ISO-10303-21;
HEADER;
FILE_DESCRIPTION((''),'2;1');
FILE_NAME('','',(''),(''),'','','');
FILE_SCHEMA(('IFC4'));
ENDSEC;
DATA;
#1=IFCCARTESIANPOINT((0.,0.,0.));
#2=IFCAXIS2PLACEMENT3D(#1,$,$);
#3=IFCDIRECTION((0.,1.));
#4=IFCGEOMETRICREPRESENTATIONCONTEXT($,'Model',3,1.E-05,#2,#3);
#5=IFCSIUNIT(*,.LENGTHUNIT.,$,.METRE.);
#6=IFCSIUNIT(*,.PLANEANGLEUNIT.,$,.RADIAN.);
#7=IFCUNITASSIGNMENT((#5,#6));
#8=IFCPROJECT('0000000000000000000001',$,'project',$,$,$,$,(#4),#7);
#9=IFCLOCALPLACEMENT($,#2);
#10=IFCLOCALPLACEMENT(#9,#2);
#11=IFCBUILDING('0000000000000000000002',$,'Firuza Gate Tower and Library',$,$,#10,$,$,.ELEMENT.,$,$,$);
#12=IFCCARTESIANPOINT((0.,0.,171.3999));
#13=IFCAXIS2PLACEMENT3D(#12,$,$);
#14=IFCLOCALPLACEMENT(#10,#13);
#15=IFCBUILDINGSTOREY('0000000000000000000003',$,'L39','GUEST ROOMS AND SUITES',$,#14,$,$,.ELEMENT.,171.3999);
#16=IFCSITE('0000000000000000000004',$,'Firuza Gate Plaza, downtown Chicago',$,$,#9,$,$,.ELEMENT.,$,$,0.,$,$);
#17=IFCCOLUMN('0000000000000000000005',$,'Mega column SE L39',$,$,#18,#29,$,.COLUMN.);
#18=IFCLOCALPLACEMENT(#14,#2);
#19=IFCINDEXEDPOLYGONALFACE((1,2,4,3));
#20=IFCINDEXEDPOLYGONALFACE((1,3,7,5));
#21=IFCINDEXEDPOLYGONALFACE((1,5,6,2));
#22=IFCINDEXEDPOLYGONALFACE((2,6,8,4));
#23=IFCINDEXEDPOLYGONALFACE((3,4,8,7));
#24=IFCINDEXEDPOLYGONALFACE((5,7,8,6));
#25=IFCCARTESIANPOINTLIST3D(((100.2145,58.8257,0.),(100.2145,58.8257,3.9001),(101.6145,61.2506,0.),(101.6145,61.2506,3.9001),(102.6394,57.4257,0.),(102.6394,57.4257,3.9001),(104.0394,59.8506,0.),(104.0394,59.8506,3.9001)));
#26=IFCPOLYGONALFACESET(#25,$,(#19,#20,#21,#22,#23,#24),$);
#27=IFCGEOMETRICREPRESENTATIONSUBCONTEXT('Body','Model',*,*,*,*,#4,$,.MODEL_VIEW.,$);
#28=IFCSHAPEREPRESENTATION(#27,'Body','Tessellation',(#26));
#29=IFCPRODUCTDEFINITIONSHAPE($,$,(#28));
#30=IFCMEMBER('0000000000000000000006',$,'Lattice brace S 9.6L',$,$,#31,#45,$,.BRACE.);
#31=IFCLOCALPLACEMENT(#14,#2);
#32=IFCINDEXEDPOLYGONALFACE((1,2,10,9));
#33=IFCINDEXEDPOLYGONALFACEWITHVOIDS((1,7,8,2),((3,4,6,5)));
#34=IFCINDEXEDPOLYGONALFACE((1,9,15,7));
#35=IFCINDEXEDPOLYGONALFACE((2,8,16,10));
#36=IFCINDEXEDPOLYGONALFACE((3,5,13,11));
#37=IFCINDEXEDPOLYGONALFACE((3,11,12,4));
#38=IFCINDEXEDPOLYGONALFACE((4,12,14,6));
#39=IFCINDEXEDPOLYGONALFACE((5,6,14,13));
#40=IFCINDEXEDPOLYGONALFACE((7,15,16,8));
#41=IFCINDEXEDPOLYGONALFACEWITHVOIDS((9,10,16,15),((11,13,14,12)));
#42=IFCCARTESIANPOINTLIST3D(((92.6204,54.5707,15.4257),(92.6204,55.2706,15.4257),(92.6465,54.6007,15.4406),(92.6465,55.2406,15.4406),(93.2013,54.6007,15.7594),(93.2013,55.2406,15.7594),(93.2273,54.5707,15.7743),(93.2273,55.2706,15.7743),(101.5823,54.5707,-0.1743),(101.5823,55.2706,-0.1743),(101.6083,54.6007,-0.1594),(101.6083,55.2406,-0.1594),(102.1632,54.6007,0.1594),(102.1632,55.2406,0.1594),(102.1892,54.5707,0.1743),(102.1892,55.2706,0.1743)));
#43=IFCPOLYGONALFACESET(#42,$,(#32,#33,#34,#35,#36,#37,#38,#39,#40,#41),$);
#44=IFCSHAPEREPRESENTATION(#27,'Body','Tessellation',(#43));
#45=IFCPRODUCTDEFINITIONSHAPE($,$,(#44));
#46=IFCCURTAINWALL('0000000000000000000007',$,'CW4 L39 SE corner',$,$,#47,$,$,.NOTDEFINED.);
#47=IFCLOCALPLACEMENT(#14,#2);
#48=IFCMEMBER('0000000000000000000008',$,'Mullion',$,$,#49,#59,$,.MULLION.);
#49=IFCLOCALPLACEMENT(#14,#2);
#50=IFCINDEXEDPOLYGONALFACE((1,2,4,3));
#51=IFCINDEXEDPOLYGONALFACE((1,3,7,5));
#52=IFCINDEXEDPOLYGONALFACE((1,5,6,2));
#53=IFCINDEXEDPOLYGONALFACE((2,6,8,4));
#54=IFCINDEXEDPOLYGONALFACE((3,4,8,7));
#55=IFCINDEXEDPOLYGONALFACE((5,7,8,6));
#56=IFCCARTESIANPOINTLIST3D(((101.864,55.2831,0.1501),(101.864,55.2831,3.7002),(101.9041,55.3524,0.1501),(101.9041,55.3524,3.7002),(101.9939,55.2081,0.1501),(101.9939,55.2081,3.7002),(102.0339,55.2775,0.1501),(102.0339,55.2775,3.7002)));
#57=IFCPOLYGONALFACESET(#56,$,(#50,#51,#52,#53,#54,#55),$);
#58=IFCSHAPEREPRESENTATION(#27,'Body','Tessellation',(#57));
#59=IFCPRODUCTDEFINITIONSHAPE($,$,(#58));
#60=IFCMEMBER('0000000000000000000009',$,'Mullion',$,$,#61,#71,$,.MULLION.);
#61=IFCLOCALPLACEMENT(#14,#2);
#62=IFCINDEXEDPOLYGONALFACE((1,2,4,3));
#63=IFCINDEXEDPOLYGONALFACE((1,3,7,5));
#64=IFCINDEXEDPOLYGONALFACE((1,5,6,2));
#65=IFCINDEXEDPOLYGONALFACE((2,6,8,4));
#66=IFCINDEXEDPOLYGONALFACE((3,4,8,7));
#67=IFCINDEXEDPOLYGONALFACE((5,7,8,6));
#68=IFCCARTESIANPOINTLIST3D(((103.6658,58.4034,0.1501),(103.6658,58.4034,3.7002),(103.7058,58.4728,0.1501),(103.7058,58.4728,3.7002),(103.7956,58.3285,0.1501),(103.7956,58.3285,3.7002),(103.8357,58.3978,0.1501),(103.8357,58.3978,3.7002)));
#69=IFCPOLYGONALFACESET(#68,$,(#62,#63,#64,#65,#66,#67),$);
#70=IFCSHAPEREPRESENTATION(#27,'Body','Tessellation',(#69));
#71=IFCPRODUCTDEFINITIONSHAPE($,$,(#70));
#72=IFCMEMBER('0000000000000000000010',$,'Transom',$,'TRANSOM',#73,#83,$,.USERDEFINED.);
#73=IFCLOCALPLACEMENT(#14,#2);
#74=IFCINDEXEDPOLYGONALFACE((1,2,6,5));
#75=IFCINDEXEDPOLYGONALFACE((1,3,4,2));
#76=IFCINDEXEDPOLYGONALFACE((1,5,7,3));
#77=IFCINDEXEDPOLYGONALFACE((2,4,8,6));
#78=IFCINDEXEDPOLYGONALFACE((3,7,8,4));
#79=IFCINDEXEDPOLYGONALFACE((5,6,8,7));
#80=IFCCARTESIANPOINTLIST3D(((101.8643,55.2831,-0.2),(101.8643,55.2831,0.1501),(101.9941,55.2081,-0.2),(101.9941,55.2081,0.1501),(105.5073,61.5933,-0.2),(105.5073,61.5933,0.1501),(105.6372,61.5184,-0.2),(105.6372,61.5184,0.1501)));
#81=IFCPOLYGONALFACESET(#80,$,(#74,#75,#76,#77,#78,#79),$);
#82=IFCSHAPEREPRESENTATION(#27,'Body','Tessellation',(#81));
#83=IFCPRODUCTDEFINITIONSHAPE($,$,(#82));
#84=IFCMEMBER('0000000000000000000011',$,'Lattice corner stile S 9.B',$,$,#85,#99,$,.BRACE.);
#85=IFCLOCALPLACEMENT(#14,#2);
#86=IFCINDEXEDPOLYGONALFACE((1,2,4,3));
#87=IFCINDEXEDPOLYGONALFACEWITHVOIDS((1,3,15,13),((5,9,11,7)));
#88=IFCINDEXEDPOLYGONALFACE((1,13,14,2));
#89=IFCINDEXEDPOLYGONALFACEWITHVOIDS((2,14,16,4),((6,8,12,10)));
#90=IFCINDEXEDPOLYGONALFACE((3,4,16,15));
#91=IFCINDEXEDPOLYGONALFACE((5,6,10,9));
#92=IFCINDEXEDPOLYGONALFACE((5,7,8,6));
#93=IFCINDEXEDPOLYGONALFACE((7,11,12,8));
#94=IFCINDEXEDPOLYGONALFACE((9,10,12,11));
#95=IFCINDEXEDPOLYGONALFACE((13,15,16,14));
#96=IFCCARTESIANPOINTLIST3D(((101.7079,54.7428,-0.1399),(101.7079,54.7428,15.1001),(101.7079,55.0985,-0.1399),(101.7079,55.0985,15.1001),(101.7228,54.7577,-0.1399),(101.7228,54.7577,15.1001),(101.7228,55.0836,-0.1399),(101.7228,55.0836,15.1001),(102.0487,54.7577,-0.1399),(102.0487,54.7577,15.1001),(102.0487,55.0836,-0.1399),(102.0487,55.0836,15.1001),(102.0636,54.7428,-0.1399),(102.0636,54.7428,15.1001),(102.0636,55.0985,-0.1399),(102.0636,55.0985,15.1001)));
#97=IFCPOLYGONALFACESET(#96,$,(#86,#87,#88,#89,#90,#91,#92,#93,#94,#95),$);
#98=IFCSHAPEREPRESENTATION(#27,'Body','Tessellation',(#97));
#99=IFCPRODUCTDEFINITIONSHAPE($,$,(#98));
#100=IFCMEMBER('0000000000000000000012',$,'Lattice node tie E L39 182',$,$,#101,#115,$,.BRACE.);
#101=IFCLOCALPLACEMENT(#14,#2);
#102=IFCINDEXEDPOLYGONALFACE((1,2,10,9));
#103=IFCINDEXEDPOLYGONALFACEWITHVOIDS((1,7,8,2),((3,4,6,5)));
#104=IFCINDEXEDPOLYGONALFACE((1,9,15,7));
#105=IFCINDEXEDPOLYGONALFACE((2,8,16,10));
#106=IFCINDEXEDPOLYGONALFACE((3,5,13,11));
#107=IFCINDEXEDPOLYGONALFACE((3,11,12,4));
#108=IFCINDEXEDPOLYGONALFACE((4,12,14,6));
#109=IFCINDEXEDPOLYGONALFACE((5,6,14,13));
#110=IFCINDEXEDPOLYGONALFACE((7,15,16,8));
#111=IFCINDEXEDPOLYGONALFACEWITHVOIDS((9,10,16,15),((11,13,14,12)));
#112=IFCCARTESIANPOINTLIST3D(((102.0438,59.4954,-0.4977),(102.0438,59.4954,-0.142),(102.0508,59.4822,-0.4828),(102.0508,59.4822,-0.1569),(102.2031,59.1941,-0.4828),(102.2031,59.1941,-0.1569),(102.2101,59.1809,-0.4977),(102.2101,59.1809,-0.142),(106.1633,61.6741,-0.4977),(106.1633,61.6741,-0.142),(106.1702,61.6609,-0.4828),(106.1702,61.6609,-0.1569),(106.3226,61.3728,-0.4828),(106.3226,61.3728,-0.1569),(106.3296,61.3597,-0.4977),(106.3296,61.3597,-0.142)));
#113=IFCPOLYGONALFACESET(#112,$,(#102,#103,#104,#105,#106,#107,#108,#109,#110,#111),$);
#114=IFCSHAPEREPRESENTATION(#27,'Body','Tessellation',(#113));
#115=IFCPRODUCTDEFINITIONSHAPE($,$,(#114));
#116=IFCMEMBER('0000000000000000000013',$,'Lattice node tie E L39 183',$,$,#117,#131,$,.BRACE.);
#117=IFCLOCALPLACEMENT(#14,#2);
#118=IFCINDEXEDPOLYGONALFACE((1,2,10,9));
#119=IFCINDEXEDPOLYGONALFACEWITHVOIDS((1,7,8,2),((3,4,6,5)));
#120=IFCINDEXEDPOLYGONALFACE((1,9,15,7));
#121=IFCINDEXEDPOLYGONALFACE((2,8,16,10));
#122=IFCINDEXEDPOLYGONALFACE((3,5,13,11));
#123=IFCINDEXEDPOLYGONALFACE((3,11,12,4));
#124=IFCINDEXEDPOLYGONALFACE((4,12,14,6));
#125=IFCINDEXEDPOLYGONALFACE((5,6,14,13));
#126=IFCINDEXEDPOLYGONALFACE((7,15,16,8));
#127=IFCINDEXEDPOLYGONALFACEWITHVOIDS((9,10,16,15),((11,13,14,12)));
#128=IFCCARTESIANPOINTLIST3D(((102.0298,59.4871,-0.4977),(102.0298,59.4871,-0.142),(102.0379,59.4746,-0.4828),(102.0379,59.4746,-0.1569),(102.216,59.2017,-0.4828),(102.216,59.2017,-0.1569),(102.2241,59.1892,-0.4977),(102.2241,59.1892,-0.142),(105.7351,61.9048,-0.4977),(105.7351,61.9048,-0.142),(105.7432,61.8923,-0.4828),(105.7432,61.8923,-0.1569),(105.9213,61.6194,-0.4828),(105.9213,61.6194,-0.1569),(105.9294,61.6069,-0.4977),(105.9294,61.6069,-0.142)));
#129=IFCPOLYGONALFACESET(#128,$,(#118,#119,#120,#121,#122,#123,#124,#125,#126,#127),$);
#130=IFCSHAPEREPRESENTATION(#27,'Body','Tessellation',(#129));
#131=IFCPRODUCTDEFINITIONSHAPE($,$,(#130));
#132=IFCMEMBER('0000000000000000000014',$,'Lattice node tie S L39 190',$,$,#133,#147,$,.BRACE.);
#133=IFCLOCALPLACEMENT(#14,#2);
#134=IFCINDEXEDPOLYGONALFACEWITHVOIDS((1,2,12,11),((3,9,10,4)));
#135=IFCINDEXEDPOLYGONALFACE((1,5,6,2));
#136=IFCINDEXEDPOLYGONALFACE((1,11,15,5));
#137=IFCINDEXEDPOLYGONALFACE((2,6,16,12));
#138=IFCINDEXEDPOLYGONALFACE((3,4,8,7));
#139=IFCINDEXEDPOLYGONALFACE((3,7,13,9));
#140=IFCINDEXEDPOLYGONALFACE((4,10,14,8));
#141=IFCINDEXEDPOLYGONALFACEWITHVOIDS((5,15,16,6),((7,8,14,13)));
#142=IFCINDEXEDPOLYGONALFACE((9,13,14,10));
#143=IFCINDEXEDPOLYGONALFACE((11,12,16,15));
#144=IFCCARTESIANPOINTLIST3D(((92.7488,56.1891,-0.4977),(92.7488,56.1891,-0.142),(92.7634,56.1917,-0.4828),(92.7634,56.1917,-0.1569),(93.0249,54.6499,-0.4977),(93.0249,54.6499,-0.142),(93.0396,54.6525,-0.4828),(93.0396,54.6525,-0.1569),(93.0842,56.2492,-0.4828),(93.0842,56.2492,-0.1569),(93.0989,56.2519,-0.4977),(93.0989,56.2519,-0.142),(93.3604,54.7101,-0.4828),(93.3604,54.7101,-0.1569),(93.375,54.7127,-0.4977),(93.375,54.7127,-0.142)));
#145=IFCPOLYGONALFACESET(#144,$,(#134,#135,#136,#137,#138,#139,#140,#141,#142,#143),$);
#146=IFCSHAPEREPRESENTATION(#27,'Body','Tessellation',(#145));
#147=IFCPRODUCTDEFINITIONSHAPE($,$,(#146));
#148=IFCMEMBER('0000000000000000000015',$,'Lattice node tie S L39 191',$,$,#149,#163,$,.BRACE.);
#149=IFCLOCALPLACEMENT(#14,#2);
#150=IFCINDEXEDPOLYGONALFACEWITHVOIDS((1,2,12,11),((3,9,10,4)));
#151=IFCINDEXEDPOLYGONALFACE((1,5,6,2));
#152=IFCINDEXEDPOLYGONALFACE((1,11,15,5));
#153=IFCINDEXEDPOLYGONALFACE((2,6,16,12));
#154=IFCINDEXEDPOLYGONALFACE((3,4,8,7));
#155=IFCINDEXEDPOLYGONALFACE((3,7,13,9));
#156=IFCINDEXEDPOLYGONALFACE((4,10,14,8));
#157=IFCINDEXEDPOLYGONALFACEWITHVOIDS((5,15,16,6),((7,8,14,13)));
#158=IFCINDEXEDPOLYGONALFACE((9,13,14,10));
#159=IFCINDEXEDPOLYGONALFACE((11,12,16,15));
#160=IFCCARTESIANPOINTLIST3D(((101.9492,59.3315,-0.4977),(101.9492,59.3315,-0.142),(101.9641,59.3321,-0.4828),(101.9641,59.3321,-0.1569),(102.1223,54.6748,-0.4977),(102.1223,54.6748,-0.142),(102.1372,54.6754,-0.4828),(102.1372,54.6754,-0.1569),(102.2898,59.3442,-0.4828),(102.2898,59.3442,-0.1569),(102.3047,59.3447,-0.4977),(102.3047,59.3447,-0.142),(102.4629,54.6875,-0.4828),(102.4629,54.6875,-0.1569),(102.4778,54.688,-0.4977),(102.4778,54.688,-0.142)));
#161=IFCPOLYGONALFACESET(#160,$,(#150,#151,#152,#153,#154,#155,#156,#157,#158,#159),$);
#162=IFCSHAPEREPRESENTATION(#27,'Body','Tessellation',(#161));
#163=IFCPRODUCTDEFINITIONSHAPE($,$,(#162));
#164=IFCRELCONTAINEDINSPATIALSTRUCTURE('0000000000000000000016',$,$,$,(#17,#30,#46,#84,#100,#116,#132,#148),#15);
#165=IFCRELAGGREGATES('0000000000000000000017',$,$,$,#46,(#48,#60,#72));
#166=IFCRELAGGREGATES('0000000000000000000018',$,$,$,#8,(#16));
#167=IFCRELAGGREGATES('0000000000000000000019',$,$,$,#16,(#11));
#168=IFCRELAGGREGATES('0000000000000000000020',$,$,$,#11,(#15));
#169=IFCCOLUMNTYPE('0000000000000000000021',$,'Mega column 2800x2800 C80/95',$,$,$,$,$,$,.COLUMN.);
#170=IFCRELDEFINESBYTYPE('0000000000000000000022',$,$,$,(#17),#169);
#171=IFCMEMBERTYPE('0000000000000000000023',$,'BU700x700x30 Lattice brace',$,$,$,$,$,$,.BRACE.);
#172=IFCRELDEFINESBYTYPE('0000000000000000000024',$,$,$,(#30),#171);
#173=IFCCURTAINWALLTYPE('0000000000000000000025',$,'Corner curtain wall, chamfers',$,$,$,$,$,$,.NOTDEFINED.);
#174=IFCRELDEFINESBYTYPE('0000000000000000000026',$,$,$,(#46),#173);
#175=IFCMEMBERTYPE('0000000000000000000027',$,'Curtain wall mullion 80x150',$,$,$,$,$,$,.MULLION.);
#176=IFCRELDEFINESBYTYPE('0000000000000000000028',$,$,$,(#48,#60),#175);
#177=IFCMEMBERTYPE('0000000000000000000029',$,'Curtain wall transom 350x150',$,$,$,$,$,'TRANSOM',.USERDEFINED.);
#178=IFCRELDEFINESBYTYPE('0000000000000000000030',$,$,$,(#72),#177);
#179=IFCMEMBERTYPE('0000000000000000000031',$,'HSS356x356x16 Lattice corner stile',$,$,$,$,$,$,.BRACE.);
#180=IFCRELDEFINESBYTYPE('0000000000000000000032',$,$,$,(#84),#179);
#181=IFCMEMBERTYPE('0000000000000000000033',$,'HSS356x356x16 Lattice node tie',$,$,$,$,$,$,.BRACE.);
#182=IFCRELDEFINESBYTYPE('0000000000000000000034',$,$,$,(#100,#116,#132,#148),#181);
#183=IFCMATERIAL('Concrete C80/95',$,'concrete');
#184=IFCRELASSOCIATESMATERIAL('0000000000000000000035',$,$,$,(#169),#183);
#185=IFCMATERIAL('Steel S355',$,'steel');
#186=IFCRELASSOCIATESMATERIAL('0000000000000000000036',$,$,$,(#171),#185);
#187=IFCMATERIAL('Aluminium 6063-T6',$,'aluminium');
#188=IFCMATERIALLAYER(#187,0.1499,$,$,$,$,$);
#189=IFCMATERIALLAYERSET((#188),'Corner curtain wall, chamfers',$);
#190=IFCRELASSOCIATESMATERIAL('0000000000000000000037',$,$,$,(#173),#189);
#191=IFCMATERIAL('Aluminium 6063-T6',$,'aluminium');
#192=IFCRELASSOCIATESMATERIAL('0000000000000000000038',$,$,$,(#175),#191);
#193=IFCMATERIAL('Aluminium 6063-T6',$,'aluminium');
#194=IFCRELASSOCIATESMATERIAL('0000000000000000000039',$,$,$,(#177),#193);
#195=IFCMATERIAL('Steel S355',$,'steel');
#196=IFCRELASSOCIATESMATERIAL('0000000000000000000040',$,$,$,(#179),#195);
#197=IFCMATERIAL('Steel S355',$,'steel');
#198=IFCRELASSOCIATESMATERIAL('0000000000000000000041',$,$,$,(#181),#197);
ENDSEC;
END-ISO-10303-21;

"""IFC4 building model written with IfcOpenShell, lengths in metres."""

from ifc_helpers import new_model, si_unit, direction, frame, origin, origin_2d, place, context, subcontext, project, spatial, rectangle, hollow_rectangle, extrude, material, layer, layer_set, material_profile, profile_set, type_object, element, aggregate, save


model = new_model("IFC4")

# Units and contexts
model_context = context("Model", 3, precision=1e-05, world=origin(), true_north=direction((0.0, 1.0)))
body_context = subcontext(model_context, "Body", "Model", "MODEL_VIEW")
ifc_project = project(units=[si_unit("LENGTHUNIT", "METRE"), si_unit("PLANEANGLEUNIT", "RADIAN")], contexts=[model_context])

# Site, building, storey
site_placement = place(None, origin())
site = spatial("IfcSite", under=ifc_project, at=site_placement, Name="Firuza Gate Plaza, downtown Chicago", CompositionType="ELEMENT", RefElevation=0.0)
building_placement = place(site_placement, origin())
building = spatial("IfcBuilding", under=site, at=building_placement, Name="Firuza Gate Tower and Library", CompositionType="ELEMENT")
storey_placement = place(building_placement, frame((0.0, 0.0, 171.3999)))
storey = spatial("IfcBuildingStorey", under=building, at=storey_placement, Name="L39", Description="GUEST ROOMS AND SUITES", CompositionType="ELEMENT", Elevation=171.3999)

# Column
ifc_material_1 = material(Name="Concrete C80/95", Category="concrete")
ifc_material_profile_1 = material_profile(ifc_material_1, rectangle(XDim=2.8, YDim=2.8, at=origin_2d()))
ifc_profile_set_1 = profile_set([ifc_material_profile_1], Name="Concrete C80/95")
column_type = type_object("IfcColumnType", Name="Mega column 2800x2800 C80/95", PredefinedType="COLUMN", material=ifc_profile_set_1)
column_placement = place(storey_placement, frame((102.127, 59.3381, 0.0), z_axis=(0.0, 0.0, 1.0), x_axis=(0.5, 0.866025, 0.0)))
element("IfcColumn", 1, at=column_placement, inside=storey, type_object=column_type, Name="Mega column SE L39", PredefinedType="COLUMN", context=body_context, shape_type="SweptSolid", body=[
    extrude(rectangle(XDim=2.8, YDim=2.8, at=origin_2d()), origin(), (0.0, 0.0, 1.0), 3.9001),
])

# Member
ifc_material_2 = material(Name="Steel S355", Category="steel")
ifc_material_profile_2 = material_profile(ifc_material_2, hollow_rectangle(XDim=0.7, YDim=0.7, WallThickness=0.03, at=origin_2d()))
ifc_profile_set_2 = profile_set([ifc_material_profile_2], Name="Steel S355")
member_type_1 = type_object("IfcMemberType", Name="BU700x700x30 Lattice brace", PredefinedType="BRACE", material=ifc_profile_set_2)
member_1_placement = place(storey_placement, frame((101.8857, 54.9207, 0.0), z_axis=(-0.498131, 0.0, 0.867102), x_axis=(0.0, -1.0, 0.0)))
element("IfcMember", 2, at=member_1_placement, inside=storey, type_object=member_type_1, Name="Lattice brace S 9.6L", PredefinedType="BRACE", context=body_context, shape_type="SweptSolid", body=[
    extrude(hollow_rectangle(XDim=0.7, YDim=0.7, WallThickness=0.03, at=origin_2d()), origin(), (0.0, 0.0, 1.0), 17.991),
])

# Curtain wall, members
ifc_material_3 = material(Name="Aluminium 6063-T6", Category="aluminium")
ifc_layer_1 = layer(ifc_material_3, 0.1499)
ifc_layer_set_1 = layer_set([ifc_layer_1], Name="Corner curtain wall, chamfers")
curtain_wall_type = type_object("IfcCurtainWallType", Name="Corner curtain wall, chamfers", PredefinedType="NOTDEFINED", material=ifc_layer_set_1)
curtain_wall_placement = place(storey_placement, origin())
curtain_wall = element("IfcCurtainWall", 3, at=curtain_wall_placement, inside=storey, type_object=curtain_wall_type, Name="CW4 L39 SE corner", PredefinedType="NOTDEFINED")
ifc_material_4 = material(Name="Aluminium 6063-T6", Category="aluminium")
ifc_material_profile_3 = material_profile(ifc_material_4, rectangle(XDim=0.1499, YDim=0.0801, at=origin_2d()))
ifc_profile_set_3 = profile_set([ifc_material_profile_3], Name="Aluminium 6063-T6")
member_type_2 = type_object("IfcMemberType", Name="Curtain wall mullion 80x150", PredefinedType="MULLION", material=ifc_profile_set_3)
member_2_placement = place(storey_placement, frame((101.949, 55.2803, 0.1501), z_axis=(0.0, 0.0, 1.0), x_axis=(-0.866025, 0.5, 0.0)))
member_2 = element("IfcMember", 4, at=member_2_placement, type_object=member_type_2, Name="Mullion", PredefinedType="MULLION", context=body_context, shape_type="SweptSolid", body=[
    extrude(rectangle(XDim=0.1499, YDim=0.0801, at=origin_2d()), origin(), (0.0, 0.0, 1.0), 3.55),
])
member_3_placement = place(storey_placement, frame((103.7507, 58.4006, 0.1501), z_axis=(0.0, 0.0, 1.0), x_axis=(-0.866025, 0.5, 0.0)))
member_3 = element("IfcMember", 5, at=member_3_placement, type_object=member_type_2, Name="Mullion", PredefinedType="MULLION", context=body_context, shape_type="SweptSolid", body=[
    extrude(rectangle(XDim=0.1499, YDim=0.0801, at=origin_2d()), origin(), (0.0, 0.0, 1.0), 3.55),
])
ifc_material_5 = material(Name="Aluminium 6063-T6", Category="aluminium")
ifc_material_profile_4 = material_profile(ifc_material_5, rectangle(XDim=0.1499, YDim=0.3501, at=origin_2d()))
ifc_profile_set_4 = profile_set([ifc_material_profile_4], Name="Aluminium 6063-T6")
member_type_3 = type_object("IfcMemberType", Name="Curtain wall transom 350x150", ElementType="TRANSOM", PredefinedType="USERDEFINED", material=ifc_profile_set_4)
member_4_placement = place(storey_placement, frame((101.9292, 55.2456, -0.0249), z_axis=(0.499981, 0.866037, 0.0), x_axis=(-0.866037, 0.499981, 0.0)))
member_4 = element("IfcMember", 6, at=member_4_placement, type_object=member_type_3, Name="Transom", ObjectType="TRANSOM", PredefinedType="USERDEFINED", context=body_context, shape_type="SweptSolid", body=[
    extrude(rectangle(XDim=0.1499, YDim=0.3501, at=origin_2d()), origin(), (0.0, 0.0, 1.0), 7.2864),
])

# Members
ifc_material_6 = material(Name="Steel S355", Category="steel")
ifc_material_profile_5 = material_profile(ifc_material_6, hollow_rectangle(XDim=0.3557, YDim=0.3557, WallThickness=0.0149, at=origin_2d()))
ifc_profile_set_5 = profile_set([ifc_material_profile_5], Name="Steel S355")
member_type_4 = type_object("IfcMemberType", Name="HSS356x356x16 Lattice corner stile", PredefinedType="BRACE", material=ifc_profile_set_5)
member_5_placement = place(storey_placement, frame((101.8857, 54.9207, -0.1399), z_axis=(0.0, 0.0, 1.0), x_axis=(1.0, 0.0, 0.0)))
element("IfcMember", 7, at=member_5_placement, inside=storey, type_object=member_type_4, Name="Lattice corner stile S 9.B", PredefinedType="BRACE", context=body_context, shape_type="SweptSolid", body=[
    extrude(hollow_rectangle(XDim=0.3557, YDim=0.3557, WallThickness=0.0149, at=origin_2d()), origin(), (0.0, 0.0, 1.0), 15.24),
])
ifc_material_7 = material(Name="Steel S355", Category="steel")
ifc_material_profile_6 = material_profile(ifc_material_7, hollow_rectangle(XDim=0.3557, YDim=0.3557, WallThickness=0.0149, at=origin_2d()))
ifc_profile_set_6 = profile_set([ifc_material_profile_6], Name="Steel S355")
member_type_5 = type_object("IfcMemberType", Name="HSS356x356x16 Lattice node tie", PredefinedType="BRACE", material=ifc_profile_set_6)
member_6_placement = place(storey_placement, frame((102.127, 59.3381, -0.3198), z_axis=(0.883978, 0.467529, 0.0), x_axis=(-0.467529, 0.883978, 0.0)))
element("IfcMember", 8, at=member_6_placement, inside=storey, type_object=member_type_5, Name="Lattice node tie E L39 182", PredefinedType="BRACE", context=body_context, shape_type="SweptSolid", body=[
    extrude(hollow_rectangle(XDim=0.3557, YDim=0.3557, WallThickness=0.0149, at=origin_2d()), origin(), (0.0, 0.0, 1.0), 4.6602),
])
member_7_placement = place(storey_placement, frame((102.127, 59.3381, -0.3198), z_axis=(0.837485, 0.54646, 0.0), x_axis=(-0.54646, 0.837485, 0.0)))
element("IfcMember", 9, at=member_7_placement, inside=storey, type_object=member_type_5, Name="Lattice node tie E L39 183", PredefinedType="BRACE", context=body_context, shape_type="SweptSolid", body=[
    extrude(hollow_rectangle(XDim=0.3557, YDim=0.3557, WallThickness=0.0149, at=origin_2d()), origin(), (0.0, 0.0, 1.0), 4.4243),
])
member_8_placement = place(storey_placement, frame((92.9238, 56.2205, -0.3198), z_axis=(0.17659, -0.984284, 0.0), x_axis=(0.984284, 0.17659, 0.0)))
element("IfcMember", 10, at=member_8_placement, inside=storey, type_object=member_type_5, Name="Lattice node tie S L39 190", PredefinedType="BRACE", context=body_context, shape_type="SweptSolid", body=[
    extrude(hollow_rectangle(XDim=0.3557, YDim=0.3557, WallThickness=0.0149, at=origin_2d()), origin(), (0.0, 0.0, 1.0), 1.5637),
])
member_9_placement = place(storey_placement, frame((102.127, 59.3381, -0.3198), z_axis=(0.037145, -0.99931, 0.0), x_axis=(0.99931, 0.037145, 0.0)))
element("IfcMember", 11, at=member_9_placement, inside=storey, type_object=member_type_5, Name="Lattice node tie S L39 191", PredefinedType="BRACE", context=body_context, shape_type="SweptSolid", body=[
    extrude(hollow_rectangle(XDim=0.3557, YDim=0.3557, WallThickness=0.0149, at=origin_2d()), origin(), (0.0, 0.0, 1.0), 4.6599),
])

aggregate(curtain_wall, [member_2, member_3, member_4])

save(model, "model.ifc")
